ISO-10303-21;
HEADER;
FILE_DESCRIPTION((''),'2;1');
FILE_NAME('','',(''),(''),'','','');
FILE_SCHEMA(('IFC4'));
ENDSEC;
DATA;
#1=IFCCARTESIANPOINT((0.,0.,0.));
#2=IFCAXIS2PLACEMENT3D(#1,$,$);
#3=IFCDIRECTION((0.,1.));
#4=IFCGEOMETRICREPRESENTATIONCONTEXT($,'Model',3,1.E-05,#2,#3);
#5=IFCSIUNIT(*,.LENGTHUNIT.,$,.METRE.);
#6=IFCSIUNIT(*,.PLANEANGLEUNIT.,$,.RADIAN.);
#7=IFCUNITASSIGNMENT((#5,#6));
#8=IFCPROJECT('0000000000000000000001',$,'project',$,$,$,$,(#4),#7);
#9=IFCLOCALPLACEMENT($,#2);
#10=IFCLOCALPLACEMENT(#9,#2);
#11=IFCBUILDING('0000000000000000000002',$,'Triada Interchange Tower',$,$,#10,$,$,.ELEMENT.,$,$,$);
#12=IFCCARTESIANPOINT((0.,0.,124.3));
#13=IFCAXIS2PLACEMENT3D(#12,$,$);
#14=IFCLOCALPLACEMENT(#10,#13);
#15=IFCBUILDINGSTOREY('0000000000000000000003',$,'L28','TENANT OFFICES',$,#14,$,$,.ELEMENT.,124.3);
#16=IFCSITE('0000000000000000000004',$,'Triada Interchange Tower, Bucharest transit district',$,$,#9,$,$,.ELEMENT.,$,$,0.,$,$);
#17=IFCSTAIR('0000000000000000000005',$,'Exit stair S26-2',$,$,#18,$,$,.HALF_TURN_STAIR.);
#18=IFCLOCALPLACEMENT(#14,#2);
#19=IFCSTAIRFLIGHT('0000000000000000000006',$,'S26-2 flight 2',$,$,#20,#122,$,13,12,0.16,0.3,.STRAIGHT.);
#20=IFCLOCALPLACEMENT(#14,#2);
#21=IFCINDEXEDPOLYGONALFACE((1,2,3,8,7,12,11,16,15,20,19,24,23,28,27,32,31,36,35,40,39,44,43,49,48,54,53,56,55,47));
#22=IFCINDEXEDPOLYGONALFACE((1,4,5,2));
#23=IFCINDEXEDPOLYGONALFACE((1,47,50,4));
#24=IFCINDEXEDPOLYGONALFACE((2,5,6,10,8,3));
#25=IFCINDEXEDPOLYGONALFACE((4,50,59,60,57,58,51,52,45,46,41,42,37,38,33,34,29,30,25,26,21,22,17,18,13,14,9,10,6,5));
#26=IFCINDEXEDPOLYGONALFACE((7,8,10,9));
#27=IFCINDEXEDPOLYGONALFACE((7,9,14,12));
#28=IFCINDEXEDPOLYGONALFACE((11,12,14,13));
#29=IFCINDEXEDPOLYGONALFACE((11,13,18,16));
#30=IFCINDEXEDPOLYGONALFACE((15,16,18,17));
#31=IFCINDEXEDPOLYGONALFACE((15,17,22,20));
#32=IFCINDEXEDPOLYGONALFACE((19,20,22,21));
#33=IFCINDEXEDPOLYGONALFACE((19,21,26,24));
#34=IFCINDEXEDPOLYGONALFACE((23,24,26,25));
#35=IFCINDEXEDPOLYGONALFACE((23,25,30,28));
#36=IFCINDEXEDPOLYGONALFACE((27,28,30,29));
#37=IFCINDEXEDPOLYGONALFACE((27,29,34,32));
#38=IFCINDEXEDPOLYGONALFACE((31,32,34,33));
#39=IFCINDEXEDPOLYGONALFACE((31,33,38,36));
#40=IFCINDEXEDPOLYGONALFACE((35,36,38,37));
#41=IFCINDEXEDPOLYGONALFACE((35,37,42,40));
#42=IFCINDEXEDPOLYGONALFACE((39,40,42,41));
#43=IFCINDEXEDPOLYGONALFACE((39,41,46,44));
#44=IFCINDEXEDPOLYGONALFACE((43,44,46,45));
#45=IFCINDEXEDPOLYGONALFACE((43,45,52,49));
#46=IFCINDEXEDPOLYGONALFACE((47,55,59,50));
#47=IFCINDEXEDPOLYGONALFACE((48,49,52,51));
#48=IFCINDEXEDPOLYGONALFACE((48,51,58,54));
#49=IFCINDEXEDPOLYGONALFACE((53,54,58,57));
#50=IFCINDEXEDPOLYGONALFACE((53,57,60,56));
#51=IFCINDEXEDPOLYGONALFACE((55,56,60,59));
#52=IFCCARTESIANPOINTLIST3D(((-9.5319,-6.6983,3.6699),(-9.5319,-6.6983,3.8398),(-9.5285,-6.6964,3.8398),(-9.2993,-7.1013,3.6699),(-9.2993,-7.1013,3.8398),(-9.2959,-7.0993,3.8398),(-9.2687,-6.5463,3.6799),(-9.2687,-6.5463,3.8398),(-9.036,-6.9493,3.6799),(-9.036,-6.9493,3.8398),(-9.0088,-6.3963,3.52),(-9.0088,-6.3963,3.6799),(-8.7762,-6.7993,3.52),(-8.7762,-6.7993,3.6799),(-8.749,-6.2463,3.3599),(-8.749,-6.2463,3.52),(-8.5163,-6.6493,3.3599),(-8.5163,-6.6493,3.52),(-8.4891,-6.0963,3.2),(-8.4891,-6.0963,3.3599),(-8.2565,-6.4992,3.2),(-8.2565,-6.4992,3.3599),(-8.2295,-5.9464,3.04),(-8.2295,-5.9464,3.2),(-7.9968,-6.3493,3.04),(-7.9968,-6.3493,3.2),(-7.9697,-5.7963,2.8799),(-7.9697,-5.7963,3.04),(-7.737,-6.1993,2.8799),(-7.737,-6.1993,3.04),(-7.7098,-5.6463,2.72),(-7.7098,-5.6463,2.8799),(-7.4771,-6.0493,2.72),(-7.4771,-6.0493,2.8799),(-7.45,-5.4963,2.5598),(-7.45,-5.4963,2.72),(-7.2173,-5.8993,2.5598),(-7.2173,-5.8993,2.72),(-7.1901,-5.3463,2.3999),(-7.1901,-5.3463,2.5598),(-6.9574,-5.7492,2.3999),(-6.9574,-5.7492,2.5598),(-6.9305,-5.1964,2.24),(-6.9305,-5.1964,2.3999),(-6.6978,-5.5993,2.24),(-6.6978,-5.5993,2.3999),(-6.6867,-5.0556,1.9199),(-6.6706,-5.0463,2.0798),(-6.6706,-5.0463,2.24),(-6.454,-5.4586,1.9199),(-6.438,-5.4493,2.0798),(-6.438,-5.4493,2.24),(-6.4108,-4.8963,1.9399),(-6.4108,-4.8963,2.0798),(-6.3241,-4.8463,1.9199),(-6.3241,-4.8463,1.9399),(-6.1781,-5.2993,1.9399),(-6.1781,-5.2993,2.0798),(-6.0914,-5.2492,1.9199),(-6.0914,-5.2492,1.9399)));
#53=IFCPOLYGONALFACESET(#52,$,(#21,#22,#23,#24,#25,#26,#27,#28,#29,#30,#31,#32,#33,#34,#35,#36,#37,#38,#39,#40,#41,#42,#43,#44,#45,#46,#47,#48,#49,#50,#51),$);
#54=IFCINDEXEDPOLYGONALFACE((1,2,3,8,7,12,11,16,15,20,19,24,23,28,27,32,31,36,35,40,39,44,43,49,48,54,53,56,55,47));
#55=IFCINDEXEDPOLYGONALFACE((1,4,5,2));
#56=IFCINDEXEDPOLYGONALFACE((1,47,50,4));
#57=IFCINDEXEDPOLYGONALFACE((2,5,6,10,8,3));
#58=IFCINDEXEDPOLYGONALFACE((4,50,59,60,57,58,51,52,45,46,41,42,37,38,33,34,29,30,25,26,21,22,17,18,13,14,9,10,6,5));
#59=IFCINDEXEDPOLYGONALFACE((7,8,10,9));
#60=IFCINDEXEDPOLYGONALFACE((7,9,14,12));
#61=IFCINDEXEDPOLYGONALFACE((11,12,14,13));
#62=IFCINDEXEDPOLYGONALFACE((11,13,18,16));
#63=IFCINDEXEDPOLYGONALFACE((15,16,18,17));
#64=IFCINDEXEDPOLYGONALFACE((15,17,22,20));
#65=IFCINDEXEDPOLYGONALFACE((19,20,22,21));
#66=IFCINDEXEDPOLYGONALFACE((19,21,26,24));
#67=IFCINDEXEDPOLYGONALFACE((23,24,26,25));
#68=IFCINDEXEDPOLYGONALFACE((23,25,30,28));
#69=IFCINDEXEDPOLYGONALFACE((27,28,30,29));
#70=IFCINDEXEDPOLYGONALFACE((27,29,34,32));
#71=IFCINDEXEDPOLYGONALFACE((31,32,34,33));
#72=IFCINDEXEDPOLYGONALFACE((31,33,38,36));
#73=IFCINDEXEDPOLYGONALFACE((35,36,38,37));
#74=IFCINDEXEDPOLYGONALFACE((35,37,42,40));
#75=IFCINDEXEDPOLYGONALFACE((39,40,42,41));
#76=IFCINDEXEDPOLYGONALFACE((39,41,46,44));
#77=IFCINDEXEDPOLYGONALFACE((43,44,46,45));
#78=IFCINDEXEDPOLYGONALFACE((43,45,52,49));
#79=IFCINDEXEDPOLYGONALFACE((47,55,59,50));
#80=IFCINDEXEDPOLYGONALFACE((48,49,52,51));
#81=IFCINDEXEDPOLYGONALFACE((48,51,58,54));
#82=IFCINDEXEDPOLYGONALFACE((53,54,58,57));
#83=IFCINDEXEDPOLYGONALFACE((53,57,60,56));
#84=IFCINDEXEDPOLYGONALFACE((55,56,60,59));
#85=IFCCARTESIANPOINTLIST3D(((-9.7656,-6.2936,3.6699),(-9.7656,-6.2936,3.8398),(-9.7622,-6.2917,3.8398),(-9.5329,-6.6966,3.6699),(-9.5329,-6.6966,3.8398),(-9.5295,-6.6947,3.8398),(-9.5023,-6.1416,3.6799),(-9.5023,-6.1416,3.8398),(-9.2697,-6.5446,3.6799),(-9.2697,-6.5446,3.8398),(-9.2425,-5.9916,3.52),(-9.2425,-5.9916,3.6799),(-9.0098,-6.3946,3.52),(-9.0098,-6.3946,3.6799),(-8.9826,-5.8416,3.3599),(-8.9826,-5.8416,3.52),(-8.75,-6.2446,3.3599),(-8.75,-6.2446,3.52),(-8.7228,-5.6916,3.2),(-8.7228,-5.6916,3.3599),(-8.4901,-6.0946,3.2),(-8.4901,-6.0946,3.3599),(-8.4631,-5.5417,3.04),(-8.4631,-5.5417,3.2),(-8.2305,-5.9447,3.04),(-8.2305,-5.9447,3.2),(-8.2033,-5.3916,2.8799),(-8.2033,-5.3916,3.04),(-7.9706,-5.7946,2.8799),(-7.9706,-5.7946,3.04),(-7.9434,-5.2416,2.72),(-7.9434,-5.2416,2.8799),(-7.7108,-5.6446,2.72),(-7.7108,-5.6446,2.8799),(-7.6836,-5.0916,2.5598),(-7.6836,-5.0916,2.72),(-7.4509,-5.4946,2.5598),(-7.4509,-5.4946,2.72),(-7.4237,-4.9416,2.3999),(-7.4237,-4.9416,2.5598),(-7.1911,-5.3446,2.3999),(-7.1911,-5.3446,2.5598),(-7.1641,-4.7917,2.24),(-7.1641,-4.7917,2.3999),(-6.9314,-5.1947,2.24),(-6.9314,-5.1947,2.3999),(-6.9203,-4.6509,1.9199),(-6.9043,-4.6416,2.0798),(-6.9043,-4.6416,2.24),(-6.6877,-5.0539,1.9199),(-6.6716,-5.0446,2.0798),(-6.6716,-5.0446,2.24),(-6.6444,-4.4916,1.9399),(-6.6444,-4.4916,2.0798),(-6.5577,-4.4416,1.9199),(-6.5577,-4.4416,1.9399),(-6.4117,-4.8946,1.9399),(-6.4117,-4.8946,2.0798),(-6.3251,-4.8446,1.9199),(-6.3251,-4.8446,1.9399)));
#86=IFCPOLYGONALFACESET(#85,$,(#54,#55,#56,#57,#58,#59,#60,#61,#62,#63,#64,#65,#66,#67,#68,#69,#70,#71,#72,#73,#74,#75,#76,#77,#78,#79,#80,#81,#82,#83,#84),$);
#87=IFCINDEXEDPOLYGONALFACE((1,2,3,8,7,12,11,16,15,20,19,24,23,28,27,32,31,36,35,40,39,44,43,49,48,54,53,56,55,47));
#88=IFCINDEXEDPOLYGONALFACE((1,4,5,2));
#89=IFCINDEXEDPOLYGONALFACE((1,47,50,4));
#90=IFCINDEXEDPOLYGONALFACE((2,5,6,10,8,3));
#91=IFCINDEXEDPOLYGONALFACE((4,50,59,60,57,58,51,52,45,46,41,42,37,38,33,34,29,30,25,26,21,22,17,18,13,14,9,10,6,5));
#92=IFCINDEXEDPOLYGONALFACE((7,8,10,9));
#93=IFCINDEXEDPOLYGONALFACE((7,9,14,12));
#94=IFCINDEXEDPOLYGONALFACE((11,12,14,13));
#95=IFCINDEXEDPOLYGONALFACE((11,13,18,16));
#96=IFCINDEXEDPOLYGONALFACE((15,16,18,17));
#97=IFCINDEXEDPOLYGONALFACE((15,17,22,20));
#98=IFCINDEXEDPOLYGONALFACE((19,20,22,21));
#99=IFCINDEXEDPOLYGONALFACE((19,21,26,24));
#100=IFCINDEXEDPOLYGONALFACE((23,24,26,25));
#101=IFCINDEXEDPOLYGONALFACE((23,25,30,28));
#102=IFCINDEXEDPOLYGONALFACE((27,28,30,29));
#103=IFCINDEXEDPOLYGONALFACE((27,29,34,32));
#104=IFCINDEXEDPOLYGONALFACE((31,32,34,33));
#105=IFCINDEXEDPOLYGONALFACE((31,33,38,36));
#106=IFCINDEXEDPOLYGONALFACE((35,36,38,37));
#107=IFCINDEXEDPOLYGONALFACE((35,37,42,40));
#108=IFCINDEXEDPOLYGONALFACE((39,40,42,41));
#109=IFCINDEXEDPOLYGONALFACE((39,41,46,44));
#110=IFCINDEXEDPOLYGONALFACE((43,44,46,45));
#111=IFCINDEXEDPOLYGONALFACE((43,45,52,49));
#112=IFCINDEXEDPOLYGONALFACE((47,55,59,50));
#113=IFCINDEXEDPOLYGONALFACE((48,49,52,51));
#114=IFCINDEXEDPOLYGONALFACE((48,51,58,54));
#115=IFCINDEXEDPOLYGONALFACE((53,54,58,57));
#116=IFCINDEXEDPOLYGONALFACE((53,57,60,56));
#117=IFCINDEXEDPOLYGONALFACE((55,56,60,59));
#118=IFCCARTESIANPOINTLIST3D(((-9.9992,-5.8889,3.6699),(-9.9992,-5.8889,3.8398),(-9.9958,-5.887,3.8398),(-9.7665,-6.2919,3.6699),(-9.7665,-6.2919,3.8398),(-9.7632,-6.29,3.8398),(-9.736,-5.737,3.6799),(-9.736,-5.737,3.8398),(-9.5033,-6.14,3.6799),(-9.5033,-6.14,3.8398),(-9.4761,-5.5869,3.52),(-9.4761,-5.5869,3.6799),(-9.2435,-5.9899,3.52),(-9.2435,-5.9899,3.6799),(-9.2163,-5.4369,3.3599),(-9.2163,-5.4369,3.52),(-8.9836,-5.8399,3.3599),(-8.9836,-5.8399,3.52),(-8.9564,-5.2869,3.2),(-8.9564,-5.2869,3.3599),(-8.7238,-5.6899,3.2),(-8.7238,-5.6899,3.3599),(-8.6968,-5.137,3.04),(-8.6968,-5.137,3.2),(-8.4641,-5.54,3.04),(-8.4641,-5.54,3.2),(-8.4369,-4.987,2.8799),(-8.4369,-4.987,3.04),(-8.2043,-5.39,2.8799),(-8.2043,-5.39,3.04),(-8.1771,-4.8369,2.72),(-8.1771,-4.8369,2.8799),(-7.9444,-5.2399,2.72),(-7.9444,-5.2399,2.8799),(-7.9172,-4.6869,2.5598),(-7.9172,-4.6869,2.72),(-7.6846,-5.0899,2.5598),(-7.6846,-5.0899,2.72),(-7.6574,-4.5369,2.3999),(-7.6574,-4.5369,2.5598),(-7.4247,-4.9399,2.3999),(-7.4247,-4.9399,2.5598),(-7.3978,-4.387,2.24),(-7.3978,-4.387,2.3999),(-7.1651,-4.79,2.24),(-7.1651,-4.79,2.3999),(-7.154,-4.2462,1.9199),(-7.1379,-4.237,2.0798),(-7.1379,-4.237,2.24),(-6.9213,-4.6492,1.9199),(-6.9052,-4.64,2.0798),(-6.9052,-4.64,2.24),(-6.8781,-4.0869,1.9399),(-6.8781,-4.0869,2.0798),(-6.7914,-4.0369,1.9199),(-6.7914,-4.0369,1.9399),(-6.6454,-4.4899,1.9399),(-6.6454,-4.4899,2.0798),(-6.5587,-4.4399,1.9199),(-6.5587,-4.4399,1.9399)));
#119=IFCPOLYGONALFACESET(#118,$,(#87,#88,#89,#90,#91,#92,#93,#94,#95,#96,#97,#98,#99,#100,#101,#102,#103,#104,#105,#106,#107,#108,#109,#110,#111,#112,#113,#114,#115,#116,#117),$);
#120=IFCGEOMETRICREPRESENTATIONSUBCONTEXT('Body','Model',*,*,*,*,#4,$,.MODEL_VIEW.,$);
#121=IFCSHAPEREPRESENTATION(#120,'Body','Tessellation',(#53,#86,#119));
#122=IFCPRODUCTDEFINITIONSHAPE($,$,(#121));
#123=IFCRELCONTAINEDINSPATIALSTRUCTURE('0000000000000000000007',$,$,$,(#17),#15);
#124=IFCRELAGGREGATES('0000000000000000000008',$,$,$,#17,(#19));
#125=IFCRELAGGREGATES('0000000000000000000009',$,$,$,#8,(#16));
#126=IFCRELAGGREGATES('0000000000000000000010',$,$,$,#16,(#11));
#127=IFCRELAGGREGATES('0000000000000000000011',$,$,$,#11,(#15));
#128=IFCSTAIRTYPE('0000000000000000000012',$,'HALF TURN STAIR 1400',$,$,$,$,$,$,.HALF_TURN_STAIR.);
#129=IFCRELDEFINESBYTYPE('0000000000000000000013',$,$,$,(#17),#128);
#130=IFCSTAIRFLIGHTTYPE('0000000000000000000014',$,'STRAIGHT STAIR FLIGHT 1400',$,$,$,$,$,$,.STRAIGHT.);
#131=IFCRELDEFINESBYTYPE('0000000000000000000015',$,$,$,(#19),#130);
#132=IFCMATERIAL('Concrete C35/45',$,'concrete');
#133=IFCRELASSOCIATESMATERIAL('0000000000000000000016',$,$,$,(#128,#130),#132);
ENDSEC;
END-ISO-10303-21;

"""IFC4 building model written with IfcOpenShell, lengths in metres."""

from ifc_helpers import new_model, si_unit, direction, frame, origin, place, context, subcontext, project, spatial, polyline, outline, extrude, material, type_object, element, aggregate, save


model = new_model("IFC4")

# Units and contexts
model_context = context("Model", 3, precision=1e-05, world=origin(), true_north=direction((0.0, 1.0)))
body_context = subcontext(model_context, "Body", "Model", "MODEL_VIEW")
ifc_project = project(units=[si_unit("LENGTHUNIT", "METRE"), si_unit("PLANEANGLEUNIT", "RADIAN")], contexts=[model_context])

# Site, building, storey
site_placement = place(None, origin())
site = spatial("IfcSite", under=ifc_project, at=site_placement, Name="Triada Interchange Tower, Bucharest transit district", CompositionType="ELEMENT", RefElevation=0.0)
building_placement = place(site_placement, origin())
building = spatial("IfcBuilding", under=site, at=building_placement, Name="Triada Interchange Tower", CompositionType="ELEMENT")
storey_placement = place(building_placement, frame((0.0, 0.0, 124.3)))
storey = spatial("IfcBuildingStorey", under=building, at=storey_placement, Name="L28", Description="TENANT OFFICES", CompositionType="ELEMENT", Elevation=124.3)

# Stair, stair flight
ifc_material_1 = material(Name="Concrete C35/45", Category="concrete")
stair_type = type_object("IfcStairType", Name="HALF TURN STAIR 1400", PredefinedType="HALF_TURN_STAIR", material=ifc_material_1)
stair_placement = place(storey_placement, origin())
stair = element("IfcStair", 1, at=stair_placement, inside=storey, type_object=stair_type, Name="Exit stair S26-2", PredefinedType="HALF_TURN_STAIR")
stair_flight_type = type_object("IfcStairFlightType", Name="STRAIGHT STAIR FLIGHT 1400", PredefinedType="STRAIGHT", material=ifc_material_1)
stair_flight_1_placement = place(storey_placement, frame((-6.5281, -4.6931, 1.9199), z_axis=(0.0, 0.0, 1.0), x_axis=(-0.866025, -0.5, 0.0)))
stair_flight_1 = element("IfcStairFlight", 2, at=stair_flight_1_placement, type_object=stair_flight_type, Name="S26-2 flight 2", NumberOfRisers=13, NumberOfTreads=12, PredefinedType="STRAIGHT", RiserHeight=0.16, TreadLength=0.3, context=body_context, shape_type="SweptSolid", body=[
    extrude(outline(polyline([(-0.1001, 0.0), (-0.1001, 0.02), (0.0, 0.02), (0.0, 0.1599), (0.3, 0.1599), (0.3, 0.3201), (0.6001, 0.3201), (0.6001, 0.48), (0.8999, 0.48), (0.8999, 0.6399), (1.2, 0.6399), (1.2, 0.8), (1.5, 0.8), (1.5, 0.96), (1.8, 0.96), (1.8, 1.1201), (2.1001, 1.1201), (2.1001, 1.28), (2.3999, 1.28), (2.3999, 1.4399), (2.7, 1.4399), (2.7, 1.6001), (3.0, 1.6001), (3.0, 1.76), (3.3, 1.76), (3.3, 1.9199), (3.6001, 1.9199), (3.604, 1.9199), (3.604, 2.0801), (3.604, 1.75), (0.3186, 0.0), (-0.1001, 0.0)])), frame((0.0, 0.7, 0.0), z_axis=(0.0, -1.0, 0.0), x_axis=(1.0, 0.0, 0.0)), (0.0, 0.0, 1.0), 0.4653),
    extrude(outline(polyline([(-0.1001, 0.0), (-0.1001, 0.02), (0.0, 0.02), (0.0, 0.1599), (0.3, 0.1599), (0.3, 0.3201), (0.6001, 0.3201), (0.6001, 0.48), (0.8999, 0.48), (0.8999, 0.6399), (1.2, 0.6399), (1.2, 0.8), (1.5, 0.8), (1.5, 0.96), (1.8, 0.96), (1.8, 1.1201), (2.1001, 1.1201), (2.1001, 1.28), (2.3999, 1.28), (2.3999, 1.4399), (2.7, 1.4399), (2.7, 1.6001), (3.0, 1.6001), (3.0, 1.76), (3.3, 1.76), (3.3, 1.9199), (3.6001, 1.9199), (3.604, 1.9199), (3.604, 2.0801), (3.604, 1.75), (0.3186, 0.0), (-0.1001, 0.0)])), frame((0.0, 0.2327, 0.0), z_axis=(0.0, -1.0, 0.0), x_axis=(1.0, 0.0, 0.0)), (0.0, 0.0, 1.0), 0.4653),
    extrude(outline(polyline([(-0.1001, 0.0), (-0.1001, 0.02), (0.0, 0.02), (0.0, 0.1599), (0.3, 0.1599), (0.3, 0.3201), (0.6001, 0.3201), (0.6001, 0.48), (0.8999, 0.48), (0.8999, 0.6399), (1.2, 0.6399), (1.2, 0.8), (1.5, 0.8), (1.5, 0.96), (1.8, 0.96), (1.8, 1.1201), (2.1001, 1.1201), (2.1001, 1.28), (2.3999, 1.28), (2.3999, 1.4399), (2.7, 1.4399), (2.7, 1.6001), (3.0, 1.6001), (3.0, 1.76), (3.3, 1.76), (3.3, 1.9199), (3.6001, 1.9199), (3.604, 1.9199), (3.604, 2.0801), (3.604, 1.75), (0.3186, 0.0), (-0.1001, 0.0)])), frame((0.0, -0.2346, 0.0), z_axis=(0.0, -1.0, 0.0), x_axis=(1.0, 0.0, 0.0)), (0.0, 0.0, 1.0), 0.4653),
])
aggregate(stair, [stair_flight_1])

save(model, "model.ifc")
